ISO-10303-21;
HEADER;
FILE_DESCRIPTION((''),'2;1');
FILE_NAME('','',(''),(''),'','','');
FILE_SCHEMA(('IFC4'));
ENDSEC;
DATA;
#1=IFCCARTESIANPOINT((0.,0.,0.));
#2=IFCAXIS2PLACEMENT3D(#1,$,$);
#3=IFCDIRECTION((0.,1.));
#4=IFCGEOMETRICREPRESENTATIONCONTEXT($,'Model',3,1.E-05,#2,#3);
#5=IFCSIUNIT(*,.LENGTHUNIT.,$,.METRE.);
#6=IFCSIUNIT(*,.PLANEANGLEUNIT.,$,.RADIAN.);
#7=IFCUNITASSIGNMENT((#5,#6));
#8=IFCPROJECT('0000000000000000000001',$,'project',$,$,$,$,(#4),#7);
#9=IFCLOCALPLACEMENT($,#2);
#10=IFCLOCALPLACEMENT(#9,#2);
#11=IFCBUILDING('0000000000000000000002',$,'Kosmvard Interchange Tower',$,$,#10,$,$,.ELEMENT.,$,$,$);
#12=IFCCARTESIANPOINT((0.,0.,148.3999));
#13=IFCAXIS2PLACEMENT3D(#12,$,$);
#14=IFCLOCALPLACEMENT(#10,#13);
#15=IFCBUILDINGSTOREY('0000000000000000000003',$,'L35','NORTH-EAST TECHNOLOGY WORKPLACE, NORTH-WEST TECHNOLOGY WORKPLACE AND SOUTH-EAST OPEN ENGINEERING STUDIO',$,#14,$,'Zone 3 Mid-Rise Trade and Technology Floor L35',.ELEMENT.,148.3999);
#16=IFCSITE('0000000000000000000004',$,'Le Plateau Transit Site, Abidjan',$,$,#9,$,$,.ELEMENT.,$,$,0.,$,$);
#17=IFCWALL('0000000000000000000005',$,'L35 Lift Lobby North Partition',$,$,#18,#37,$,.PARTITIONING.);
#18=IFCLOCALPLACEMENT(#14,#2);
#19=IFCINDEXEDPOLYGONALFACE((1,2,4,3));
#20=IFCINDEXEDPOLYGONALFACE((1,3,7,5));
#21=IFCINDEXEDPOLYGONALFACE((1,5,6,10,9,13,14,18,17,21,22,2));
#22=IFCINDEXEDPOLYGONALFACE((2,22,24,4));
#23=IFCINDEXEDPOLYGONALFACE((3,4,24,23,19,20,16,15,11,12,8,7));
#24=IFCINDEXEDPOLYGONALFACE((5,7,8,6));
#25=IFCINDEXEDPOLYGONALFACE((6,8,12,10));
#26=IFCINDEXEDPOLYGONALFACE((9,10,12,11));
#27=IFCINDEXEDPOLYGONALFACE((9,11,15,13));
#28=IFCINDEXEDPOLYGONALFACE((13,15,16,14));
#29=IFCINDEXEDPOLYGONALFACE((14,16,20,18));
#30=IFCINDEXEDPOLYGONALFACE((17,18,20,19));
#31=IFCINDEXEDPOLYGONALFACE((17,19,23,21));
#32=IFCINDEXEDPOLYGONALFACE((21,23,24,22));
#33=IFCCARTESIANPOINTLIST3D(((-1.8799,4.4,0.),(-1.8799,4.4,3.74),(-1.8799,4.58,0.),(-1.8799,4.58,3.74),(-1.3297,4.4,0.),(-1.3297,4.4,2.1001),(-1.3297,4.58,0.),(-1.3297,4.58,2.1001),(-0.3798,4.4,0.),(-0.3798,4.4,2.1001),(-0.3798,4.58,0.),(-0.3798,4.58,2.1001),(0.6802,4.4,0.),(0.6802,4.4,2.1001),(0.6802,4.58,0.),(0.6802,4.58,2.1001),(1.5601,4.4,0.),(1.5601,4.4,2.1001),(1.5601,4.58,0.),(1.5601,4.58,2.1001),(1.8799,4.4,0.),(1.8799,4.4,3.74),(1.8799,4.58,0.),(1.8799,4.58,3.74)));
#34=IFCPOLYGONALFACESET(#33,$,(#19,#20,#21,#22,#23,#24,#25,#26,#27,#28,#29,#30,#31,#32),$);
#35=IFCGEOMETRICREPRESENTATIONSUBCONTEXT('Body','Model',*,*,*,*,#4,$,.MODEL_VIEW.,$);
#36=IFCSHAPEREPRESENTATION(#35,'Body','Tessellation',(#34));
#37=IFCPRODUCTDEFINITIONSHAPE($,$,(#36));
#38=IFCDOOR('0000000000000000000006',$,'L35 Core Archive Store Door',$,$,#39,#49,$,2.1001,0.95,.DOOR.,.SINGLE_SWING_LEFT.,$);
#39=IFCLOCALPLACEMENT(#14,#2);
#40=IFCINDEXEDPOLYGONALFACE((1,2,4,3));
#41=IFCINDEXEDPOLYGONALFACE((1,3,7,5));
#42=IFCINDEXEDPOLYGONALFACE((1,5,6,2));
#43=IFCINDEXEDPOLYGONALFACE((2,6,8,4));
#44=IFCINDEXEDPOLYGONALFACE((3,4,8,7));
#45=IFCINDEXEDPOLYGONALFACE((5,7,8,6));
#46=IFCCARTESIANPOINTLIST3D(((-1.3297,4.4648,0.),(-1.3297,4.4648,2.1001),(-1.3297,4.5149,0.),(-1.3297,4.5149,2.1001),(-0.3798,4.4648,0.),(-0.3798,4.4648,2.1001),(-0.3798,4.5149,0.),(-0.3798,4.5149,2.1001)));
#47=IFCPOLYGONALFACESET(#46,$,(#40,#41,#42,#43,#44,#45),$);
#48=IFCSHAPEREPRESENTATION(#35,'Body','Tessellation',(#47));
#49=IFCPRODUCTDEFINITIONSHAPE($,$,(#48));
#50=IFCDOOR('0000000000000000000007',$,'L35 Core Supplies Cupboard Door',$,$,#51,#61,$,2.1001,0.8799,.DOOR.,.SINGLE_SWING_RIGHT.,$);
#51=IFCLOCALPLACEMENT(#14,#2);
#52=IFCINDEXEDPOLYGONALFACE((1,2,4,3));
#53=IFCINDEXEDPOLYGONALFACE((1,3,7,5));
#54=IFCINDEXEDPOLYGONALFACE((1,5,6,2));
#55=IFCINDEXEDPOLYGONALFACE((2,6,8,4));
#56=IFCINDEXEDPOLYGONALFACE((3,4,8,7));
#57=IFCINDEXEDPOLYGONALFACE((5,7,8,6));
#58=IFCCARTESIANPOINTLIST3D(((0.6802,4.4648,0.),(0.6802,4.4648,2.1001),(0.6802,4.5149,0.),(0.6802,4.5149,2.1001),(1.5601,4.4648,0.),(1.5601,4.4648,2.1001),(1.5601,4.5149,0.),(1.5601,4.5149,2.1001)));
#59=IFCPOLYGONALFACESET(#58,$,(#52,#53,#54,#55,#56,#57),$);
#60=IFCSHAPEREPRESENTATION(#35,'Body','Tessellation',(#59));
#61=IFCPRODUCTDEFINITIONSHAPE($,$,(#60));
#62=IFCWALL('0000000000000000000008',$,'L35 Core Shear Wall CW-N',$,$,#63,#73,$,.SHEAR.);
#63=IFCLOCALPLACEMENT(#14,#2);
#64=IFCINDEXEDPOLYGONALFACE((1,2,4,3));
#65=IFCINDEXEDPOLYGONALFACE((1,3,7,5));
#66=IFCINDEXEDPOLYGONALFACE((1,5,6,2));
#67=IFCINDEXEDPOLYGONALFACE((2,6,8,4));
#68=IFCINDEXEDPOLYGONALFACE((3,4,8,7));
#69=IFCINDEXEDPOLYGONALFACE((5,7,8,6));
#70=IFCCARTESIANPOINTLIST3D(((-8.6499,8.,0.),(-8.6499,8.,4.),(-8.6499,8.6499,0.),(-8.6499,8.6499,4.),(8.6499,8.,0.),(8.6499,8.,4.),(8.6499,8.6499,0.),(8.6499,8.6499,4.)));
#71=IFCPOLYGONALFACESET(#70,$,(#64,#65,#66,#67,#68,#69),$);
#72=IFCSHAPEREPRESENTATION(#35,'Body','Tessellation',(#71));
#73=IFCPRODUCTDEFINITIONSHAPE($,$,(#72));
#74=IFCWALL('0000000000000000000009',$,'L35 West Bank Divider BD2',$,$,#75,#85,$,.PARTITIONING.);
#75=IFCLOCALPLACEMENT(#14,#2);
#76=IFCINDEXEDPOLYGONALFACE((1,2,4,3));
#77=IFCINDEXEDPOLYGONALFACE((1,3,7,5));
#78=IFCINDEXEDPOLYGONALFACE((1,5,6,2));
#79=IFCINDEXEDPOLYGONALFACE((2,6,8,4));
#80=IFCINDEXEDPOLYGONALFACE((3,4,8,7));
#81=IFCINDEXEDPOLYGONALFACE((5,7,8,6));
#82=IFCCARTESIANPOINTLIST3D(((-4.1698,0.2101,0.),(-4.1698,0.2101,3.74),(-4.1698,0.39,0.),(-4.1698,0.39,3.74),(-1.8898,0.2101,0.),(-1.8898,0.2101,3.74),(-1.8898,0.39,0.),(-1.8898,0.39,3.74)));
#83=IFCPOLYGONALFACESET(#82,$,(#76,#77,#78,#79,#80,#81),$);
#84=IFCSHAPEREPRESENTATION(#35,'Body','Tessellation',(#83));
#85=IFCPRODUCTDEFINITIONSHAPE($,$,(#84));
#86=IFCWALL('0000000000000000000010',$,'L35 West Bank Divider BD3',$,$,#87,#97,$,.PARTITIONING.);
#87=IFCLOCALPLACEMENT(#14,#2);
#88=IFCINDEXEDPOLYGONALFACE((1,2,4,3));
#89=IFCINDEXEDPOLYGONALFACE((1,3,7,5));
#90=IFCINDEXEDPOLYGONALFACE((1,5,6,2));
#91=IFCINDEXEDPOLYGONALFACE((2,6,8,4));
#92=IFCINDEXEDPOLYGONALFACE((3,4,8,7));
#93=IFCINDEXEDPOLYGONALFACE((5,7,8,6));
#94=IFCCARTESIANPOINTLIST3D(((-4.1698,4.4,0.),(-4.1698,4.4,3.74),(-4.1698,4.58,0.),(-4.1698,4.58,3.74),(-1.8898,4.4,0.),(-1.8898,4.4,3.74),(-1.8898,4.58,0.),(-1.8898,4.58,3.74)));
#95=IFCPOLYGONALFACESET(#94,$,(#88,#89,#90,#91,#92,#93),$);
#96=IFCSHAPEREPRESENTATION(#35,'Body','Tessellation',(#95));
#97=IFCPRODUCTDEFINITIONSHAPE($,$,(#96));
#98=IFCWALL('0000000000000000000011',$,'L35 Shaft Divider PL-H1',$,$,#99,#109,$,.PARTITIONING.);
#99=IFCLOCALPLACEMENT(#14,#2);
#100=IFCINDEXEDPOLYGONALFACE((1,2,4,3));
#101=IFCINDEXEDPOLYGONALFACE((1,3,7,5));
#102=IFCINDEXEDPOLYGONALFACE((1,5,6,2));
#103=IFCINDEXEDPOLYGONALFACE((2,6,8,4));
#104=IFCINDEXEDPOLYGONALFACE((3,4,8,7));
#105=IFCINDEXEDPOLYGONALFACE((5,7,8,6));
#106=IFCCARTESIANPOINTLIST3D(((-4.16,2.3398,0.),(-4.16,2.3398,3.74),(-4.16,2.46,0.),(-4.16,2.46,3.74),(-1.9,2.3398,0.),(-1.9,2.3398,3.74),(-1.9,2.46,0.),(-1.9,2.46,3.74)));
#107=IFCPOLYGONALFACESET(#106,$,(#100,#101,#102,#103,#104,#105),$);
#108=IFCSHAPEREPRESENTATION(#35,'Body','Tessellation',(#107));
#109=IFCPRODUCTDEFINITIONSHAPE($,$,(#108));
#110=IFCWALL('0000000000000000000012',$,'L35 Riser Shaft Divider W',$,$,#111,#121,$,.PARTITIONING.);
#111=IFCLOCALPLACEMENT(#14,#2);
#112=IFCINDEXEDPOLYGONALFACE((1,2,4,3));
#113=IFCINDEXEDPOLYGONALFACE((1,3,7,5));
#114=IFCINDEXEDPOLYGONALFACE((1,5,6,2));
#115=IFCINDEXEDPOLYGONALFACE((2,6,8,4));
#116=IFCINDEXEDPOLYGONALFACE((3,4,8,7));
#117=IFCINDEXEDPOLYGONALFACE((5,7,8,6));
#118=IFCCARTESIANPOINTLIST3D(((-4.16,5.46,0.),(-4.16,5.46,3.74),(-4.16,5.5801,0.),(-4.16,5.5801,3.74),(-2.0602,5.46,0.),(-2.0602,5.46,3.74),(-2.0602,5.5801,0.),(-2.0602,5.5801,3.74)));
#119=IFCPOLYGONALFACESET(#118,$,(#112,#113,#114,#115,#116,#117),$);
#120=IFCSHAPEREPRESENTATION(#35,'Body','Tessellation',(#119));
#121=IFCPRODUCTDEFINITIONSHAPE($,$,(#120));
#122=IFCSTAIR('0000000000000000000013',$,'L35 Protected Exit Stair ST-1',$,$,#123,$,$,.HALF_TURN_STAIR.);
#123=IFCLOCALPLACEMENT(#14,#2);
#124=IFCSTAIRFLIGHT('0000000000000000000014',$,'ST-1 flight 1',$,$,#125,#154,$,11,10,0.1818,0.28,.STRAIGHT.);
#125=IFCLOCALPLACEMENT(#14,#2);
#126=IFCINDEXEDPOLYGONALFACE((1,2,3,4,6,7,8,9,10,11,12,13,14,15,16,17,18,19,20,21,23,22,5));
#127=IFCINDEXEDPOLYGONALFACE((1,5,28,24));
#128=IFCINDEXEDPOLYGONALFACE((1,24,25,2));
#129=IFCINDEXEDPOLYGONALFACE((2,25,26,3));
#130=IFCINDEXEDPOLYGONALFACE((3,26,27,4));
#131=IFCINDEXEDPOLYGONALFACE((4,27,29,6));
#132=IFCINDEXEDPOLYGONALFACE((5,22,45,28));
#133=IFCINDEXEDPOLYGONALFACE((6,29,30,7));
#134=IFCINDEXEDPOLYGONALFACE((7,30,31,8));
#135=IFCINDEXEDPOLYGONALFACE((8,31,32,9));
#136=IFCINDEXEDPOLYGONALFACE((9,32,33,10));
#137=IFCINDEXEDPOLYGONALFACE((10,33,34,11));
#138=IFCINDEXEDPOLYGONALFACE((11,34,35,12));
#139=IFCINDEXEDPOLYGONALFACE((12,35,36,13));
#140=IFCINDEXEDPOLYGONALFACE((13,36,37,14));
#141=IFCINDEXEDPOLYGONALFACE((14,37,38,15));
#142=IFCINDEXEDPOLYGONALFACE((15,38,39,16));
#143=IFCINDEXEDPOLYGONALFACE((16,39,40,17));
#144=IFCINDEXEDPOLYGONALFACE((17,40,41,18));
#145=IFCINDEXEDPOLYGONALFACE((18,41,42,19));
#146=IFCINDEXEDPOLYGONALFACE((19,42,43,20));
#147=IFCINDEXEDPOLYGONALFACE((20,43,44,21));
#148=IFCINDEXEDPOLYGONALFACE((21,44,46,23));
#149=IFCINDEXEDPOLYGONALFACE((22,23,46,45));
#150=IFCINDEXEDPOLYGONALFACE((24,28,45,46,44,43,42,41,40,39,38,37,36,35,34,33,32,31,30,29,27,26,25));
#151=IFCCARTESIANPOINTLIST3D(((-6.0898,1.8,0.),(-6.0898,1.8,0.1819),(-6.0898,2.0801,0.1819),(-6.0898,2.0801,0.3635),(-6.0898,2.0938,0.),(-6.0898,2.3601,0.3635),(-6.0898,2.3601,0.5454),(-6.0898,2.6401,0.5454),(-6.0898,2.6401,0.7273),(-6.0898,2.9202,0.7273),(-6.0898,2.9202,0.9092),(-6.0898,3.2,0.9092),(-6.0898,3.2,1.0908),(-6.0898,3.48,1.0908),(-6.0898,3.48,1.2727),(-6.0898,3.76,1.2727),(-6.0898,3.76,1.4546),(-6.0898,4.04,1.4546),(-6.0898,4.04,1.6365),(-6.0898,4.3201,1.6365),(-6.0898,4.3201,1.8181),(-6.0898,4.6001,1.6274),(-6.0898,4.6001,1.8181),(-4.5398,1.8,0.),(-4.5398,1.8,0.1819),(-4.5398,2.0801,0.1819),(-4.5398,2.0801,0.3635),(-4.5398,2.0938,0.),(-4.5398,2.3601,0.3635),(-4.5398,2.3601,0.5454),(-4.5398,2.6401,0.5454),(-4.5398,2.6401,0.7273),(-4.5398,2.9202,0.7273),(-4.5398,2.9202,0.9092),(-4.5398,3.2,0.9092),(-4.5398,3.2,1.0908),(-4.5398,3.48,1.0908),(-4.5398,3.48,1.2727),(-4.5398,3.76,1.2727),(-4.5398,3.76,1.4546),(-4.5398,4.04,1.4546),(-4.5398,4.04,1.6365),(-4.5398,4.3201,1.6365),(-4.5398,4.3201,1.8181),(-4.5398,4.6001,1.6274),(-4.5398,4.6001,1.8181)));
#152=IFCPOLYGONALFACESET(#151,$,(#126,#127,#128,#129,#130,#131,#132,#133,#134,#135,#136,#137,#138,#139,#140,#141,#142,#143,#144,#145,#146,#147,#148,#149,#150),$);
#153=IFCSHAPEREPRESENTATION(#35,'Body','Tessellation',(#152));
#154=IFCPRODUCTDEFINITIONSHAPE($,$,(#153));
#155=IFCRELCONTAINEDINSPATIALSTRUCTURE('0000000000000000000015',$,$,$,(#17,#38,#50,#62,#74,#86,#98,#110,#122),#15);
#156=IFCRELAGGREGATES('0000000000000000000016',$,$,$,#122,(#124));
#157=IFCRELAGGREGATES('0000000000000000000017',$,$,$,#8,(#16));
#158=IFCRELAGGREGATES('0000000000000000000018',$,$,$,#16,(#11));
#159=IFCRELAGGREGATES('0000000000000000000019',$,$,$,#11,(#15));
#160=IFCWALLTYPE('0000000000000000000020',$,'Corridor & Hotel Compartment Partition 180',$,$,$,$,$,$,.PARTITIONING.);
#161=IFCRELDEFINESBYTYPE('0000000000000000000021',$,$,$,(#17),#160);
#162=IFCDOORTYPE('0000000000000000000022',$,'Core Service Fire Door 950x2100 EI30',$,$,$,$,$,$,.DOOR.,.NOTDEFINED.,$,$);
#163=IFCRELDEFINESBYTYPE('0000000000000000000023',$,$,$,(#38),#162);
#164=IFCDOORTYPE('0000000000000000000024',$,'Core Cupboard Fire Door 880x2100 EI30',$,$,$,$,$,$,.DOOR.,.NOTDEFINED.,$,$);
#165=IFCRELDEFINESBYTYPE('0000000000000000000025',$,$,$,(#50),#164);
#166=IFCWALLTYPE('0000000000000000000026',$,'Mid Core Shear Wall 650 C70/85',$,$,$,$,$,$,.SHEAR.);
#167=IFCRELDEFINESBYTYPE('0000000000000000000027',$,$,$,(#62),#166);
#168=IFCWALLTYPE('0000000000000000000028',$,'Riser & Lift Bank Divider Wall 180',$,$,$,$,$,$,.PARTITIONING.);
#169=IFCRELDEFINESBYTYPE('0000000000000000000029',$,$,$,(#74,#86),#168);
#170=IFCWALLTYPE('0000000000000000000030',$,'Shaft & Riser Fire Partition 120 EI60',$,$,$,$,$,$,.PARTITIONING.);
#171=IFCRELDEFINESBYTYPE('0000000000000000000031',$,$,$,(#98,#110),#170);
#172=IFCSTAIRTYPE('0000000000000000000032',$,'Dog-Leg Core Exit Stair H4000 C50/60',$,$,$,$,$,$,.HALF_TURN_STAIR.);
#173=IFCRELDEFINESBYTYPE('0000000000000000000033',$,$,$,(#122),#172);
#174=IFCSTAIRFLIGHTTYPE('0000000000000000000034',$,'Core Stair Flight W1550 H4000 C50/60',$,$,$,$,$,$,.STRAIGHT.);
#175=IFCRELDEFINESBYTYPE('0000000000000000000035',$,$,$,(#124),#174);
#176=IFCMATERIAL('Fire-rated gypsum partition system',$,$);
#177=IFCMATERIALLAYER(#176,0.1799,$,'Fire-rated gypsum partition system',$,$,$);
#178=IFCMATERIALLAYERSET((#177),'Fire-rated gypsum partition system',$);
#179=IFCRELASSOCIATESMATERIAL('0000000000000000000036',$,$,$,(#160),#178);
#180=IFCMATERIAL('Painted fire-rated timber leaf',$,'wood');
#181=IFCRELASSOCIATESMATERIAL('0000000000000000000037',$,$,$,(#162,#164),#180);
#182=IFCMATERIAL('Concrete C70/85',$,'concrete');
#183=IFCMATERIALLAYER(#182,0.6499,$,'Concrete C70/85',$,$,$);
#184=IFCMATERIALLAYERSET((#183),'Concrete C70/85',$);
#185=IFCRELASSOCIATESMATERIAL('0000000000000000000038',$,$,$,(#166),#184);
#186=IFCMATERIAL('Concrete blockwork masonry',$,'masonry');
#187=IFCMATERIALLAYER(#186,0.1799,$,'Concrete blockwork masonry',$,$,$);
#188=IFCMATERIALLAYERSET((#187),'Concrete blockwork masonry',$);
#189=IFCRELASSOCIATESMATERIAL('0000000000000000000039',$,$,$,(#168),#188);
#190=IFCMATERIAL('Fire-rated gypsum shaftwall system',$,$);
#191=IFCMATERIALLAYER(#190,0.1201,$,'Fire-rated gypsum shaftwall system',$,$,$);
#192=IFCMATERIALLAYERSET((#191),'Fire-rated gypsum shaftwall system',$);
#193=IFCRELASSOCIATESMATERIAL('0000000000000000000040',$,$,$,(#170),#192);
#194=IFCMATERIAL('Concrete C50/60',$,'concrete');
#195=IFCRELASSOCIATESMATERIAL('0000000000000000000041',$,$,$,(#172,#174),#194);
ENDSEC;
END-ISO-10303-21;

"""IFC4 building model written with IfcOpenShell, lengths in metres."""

from ifc_helpers import new_model, si_unit, direction, frame, frame_2d, origin, place, context, subcontext, project, spatial, polyline, rectangle, outline, extrude, source, transform, mapped, material, layer, layer_set, type_object, element, fill, aggregate, save


model = new_model("IFC4")

# Units and contexts
model_context = context("Model", 3, precision=1e-05, world=origin(), true_north=direction((0.0, 1.0)))
body_context = subcontext(model_context, "Body", "Model", "MODEL_VIEW")
ifc_project = project(units=[si_unit("LENGTHUNIT", "METRE"), si_unit("PLANEANGLEUNIT", "RADIAN")], contexts=[model_context])

# Site, building, storey
site_placement = place(None, origin())
site = spatial("IfcSite", under=ifc_project, at=site_placement, Name="Le Plateau Transit Site, Abidjan", CompositionType="ELEMENT", RefElevation=0.0)
building_placement = place(site_placement, origin())
building = spatial("IfcBuilding", under=site, at=building_placement, Name="Kosmvard Interchange Tower", CompositionType="ELEMENT")
storey_placement = place(building_placement, frame((0.0, 0.0, 148.3999)))
storey = spatial("IfcBuildingStorey", under=building, at=storey_placement, Name="L35", Description="NORTH-EAST TECHNOLOGY WORKPLACE, NORTH-WEST TECHNOLOGY WORKPLACE AND SOUTH-EAST OPEN ENGINEERING STUDIO", LongName="Zone 3 Mid-Rise Trade and Technology Floor L35", CompositionType="ELEMENT", Elevation=148.3999)

# Shared definitions
ifc_material_1 = material(Name="Fire-rated gypsum partition system")

# Wall, openings, doors
ifc_layer_1 = layer(ifc_material_1, 0.1799, Name="Fire-rated gypsum partition system")
ifc_layer_set_1 = layer_set([ifc_layer_1], Name="Fire-rated gypsum partition system")
wall_type_1 = type_object("IfcWallType", Name="Corridor & Hotel Compartment Partition 180", PredefinedType="PARTITIONING", material=ifc_layer_set_1)
wall_1_placement = place(storey_placement, frame((-1.8799, 4.49, 0.0), z_axis=(0.0, 0.0, 1.0), x_axis=(1.0, 0.0, 0.0)))
wall_1 = element("IfcWall", 1, at=wall_1_placement, inside=storey, type_object=wall_type_1, Name="L35 Lift Lobby North Partition", PredefinedType="PARTITIONING", context=body_context, shape_type="SweptSolid", body=[
    extrude(rectangle(XDim=3.7598, YDim=0.1799, at=frame_2d((1.8799, 0.0))), origin(), (0.0, 0.0, 1.0), 3.74),
])
opening_1_placement = place(wall_1_placement, frame((0.55, 0.0, 0.0)))
opening_1 = element("IfcOpeningElement", 2, at=opening_1_placement, cuts=wall_1, PredefinedType="OPENING", context=body_context, shape_type="SweptSolid", body=[
    extrude(rectangle(XDim=0.95, YDim=2.1001, at=frame_2d((0.4751, 1.05))), frame((0.0, 0.1001, 0.0), z_axis=(0.0, -1.0, 0.0), x_axis=(1.0, 0.0, 0.0)), (0.0, 0.0, 1.0), 0.2),
])
opening_2_placement = place(wall_1_placement, frame((2.5601, 0.0, 0.0)))
opening_2 = element("IfcOpeningElement", 3, at=opening_2_placement, cuts=wall_1, PredefinedType="OPENING", context=body_context, shape_type="SweptSolid", body=[
    extrude(rectangle(XDim=0.8799, YDim=2.1001, at=frame_2d((0.4399, 1.05))), frame((0.0, 0.1001, 0.0), z_axis=(0.0, -1.0, 0.0), x_axis=(1.0, 0.0, 0.0)), (0.0, 0.0, 1.0), 0.2),
])
ifc_material_2 = material(Name="Painted fire-rated timber leaf", Category="wood")
door_type_1 = type_object("IfcDoorType", Name="Core Service Fire Door 950x2100 EI30", OperationType="NOTDEFINED", PredefinedType="DOOR", material=ifc_material_2)
shared_shape_1 = source(origin(), body_context, "Body", "SweptSolid", [
    extrude(rectangle(XDim=0.95, YDim=2.1001, at=frame_2d((0.4751, 1.05))), frame((0.0, 0.0249, 0.0), z_axis=(0.0, -1.0, 0.0), x_axis=(1.0, 0.0, 0.0)), (0.0, 0.0, 1.0), 0.05),
])
door_1_placement = place(opening_1_placement, origin())
door_1 = element("IfcDoor", 4, at=door_1_placement, inside=storey, type_object=door_type_1, Name="L35 Core Archive Store Door", OperationType="SINGLE_SWING_LEFT", OverallHeight=2.1001, OverallWidth=0.95, PredefinedType="DOOR", context=body_context, shape_type="MappedRepresentation", body=[
    mapped(shared_shape_1, transform((0.0, 0.0, 0.0), scale=1.0)),
])
fill(opening_1, door_1)
door_type_2 = type_object("IfcDoorType", Name="Core Cupboard Fire Door 880x2100 EI30", OperationType="NOTDEFINED", PredefinedType="DOOR", material=ifc_material_2)
shared_shape_2 = source(origin(), body_context, "Body", "SweptSolid", [
    extrude(rectangle(XDim=0.8799, YDim=2.1001, at=frame_2d((0.4399, 1.05))), frame((0.0, 0.0249, 0.0), z_axis=(0.0, -1.0, 0.0), x_axis=(1.0, 0.0, 0.0)), (0.0, 0.0, 1.0), 0.05),
])
door_2_placement = place(opening_2_placement, origin())
door_2 = element("IfcDoor", 5, at=door_2_placement, inside=storey, type_object=door_type_2, Name="L35 Core Supplies Cupboard Door", OperationType="SINGLE_SWING_RIGHT", OverallHeight=2.1001, OverallWidth=0.8799, PredefinedType="DOOR", context=body_context, shape_type="MappedRepresentation", body=[
    mapped(shared_shape_2, transform((0.0, 0.0, 0.0), scale=1.0)),
])
fill(opening_2, door_2)

# Walls
ifc_material_3 = material(Name="Concrete C70/85", Category="concrete")
ifc_layer_2 = layer(ifc_material_3, 0.6499, Name="Concrete C70/85")
ifc_layer_set_2 = layer_set([ifc_layer_2], Name="Concrete C70/85")
wall_type_2 = type_object("IfcWallType", Name="Mid Core Shear Wall 650 C70/85", PredefinedType="SHEAR", material=ifc_layer_set_2)
wall_2_placement = place(storey_placement, frame((-8.6499, 8.325, 0.0), z_axis=(0.0, 0.0, 1.0), x_axis=(1.0, 0.0, 0.0)))
element("IfcWall", 6, at=wall_2_placement, inside=storey, type_object=wall_type_2, Name="L35 Core Shear Wall CW-N", PredefinedType="SHEAR", context=body_context, shape_type="SweptSolid", body=[
    extrude(rectangle(XDim=17.2998, YDim=0.6499, at=frame_2d((8.6499, 0.0))), origin(), (0.0, 0.0, 1.0), 4.0),
])
ifc_material_4 = material(Name="Concrete blockwork masonry", Category="masonry")
ifc_layer_3 = layer(ifc_material_4, 0.1799, Name="Concrete blockwork masonry")
ifc_layer_set_3 = layer_set([ifc_layer_3], Name="Concrete blockwork masonry")
wall_type_3 = type_object("IfcWallType", Name="Riser & Lift Bank Divider Wall 180", PredefinedType="PARTITIONING", material=ifc_layer_set_3)
for number, where, z_axis, x_axis, name in (
    (7, (-4.1699, 0.3, 0.0), (0.0, 0.0, 1.0), (1.0, 0.0, 0.0), "L35 West Bank Divider BD2"),
    (8, (-4.1699, 4.49, 0.0), (0.0, 0.0, 1.0), (1.0, 0.0, 0.0), "L35 West Bank Divider BD3"),
):
    element("IfcWall", number, at=place(storey_placement, frame(where, z_axis=z_axis, x_axis=x_axis)), inside=storey, type_object=wall_type_3, Name=name, PredefinedType="PARTITIONING", context=body_context, shape_type="SweptSolid", body=[
        extrude(rectangle(XDim=2.28, YDim=0.1799, at=frame_2d((1.1401, 0.0))), origin(), (0.0, 0.0, 1.0), 3.74),
    ])
ifc_material_5 = material(Name="Fire-rated gypsum shaftwall system")
ifc_layer_4 = layer(ifc_material_5, 0.1201, Name="Fire-rated gypsum shaftwall system")
ifc_layer_set_4 = layer_set([ifc_layer_4], Name="Fire-rated gypsum shaftwall system")
wall_type_4 = type_object("IfcWallType", Name="Shaft & Riser Fire Partition 120 EI60", PredefinedType="PARTITIONING", material=ifc_layer_set_4)
wall_3_placement = place(storey_placement, frame((-4.1599, 2.3999, 0.0), z_axis=(0.0, 0.0, 1.0), x_axis=(1.0, 0.0, 0.0)))
element("IfcWall", 9, at=wall_3_placement, inside=storey, type_object=wall_type_4, Name="L35 Shaft Divider PL-H1", PredefinedType="PARTITIONING", context=body_context, shape_type="SweptSolid", body=[
    extrude(rectangle(XDim=2.26, YDim=0.1201, at=frame_2d((1.1299, 0.0))), origin(), (0.0, 0.0, 1.0), 3.74),
])
wall_4_placement = place(storey_placement, frame((-4.1599, 5.52, 0.0), z_axis=(0.0, 0.0, 1.0), x_axis=(1.0, 0.0, 0.0)))
element("IfcWall", 10, at=wall_4_placement, inside=storey, type_object=wall_type_4, Name="L35 Riser Shaft Divider W", PredefinedType="PARTITIONING", context=body_context, shape_type="SweptSolid", body=[
    extrude(rectangle(XDim=2.0999, YDim=0.1201, at=frame_2d((1.0498, 0.0))), origin(), (0.0, 0.0, 1.0), 3.74),
])

# Stair, stair flight
ifc_material_6 = material(Name="Concrete C50/60", Category="concrete")
stair_type = type_object("IfcStairType", Name="Dog-Leg Core Exit Stair H4000 C50/60", PredefinedType="HALF_TURN_STAIR", material=ifc_material_6)
stair_placement = place(storey_placement, origin())
stair = element("IfcStair", 11, at=stair_placement, inside=storey, type_object=stair_type, Name="L35 Protected Exit Stair ST-1", PredefinedType="HALF_TURN_STAIR")
stair_flight_type = type_object("IfcStairFlightType", Name="Core Stair Flight W1550 H4000 C50/60", PredefinedType="STRAIGHT", material=ifc_material_6)
shared_shape_3 = source(origin(), body_context, "Body", "SweptSolid", [
    extrude(outline(polyline([(0.0, 0.0), (0.0, 0.1819), (0.28, 0.1819), (0.28, 0.3635), (0.5601, 0.3635), (0.5601, 0.5454), (0.8401, 0.5454), (0.8401, 0.7273), (1.1201, 0.7273), (1.1201, 0.9092), (1.3999, 0.9092), (1.3999, 1.0908), (1.6799, 1.0908), (1.6799, 1.2727), (1.96, 1.2727), (1.96, 1.4546), (2.24, 1.4546), (2.24, 1.6365), (2.52, 1.6365), (2.52, 1.8181), (2.8, 1.8181), (2.8, 2.0), (2.8, 1.6274), (0.2937, 0.0), (0.0, 0.0)])), frame((0.0, 0.7749, 0.0), z_axis=(0.0, -1.0, 0.0), x_axis=(1.0, 0.0, 0.0)), (0.0, 0.0, 1.0), 1.55),
])
stair_flight_1_placement = place(storey_placement, frame((-5.3149, 1.8, 0.0), z_axis=(0.0, 0.0, 1.0), x_axis=(0.0, 1.0, 0.0)))
stair_flight_1 = element("IfcStairFlight", 12, at=stair_flight_1_placement, type_object=stair_flight_type, Name="ST-1 flight 1", NumberOfRisers=11, NumberOfTreads=10, PredefinedType="STRAIGHT", RiserHeight=0.1818, TreadLength=0.28, context=body_context, shape_type="MappedRepresentation", body=[
    mapped(shared_shape_3, transform((0.0, 0.0, 0.0), scale=1.0)),
])
aggregate(stair, [stair_flight_1])

save(model, "model.ifc")
